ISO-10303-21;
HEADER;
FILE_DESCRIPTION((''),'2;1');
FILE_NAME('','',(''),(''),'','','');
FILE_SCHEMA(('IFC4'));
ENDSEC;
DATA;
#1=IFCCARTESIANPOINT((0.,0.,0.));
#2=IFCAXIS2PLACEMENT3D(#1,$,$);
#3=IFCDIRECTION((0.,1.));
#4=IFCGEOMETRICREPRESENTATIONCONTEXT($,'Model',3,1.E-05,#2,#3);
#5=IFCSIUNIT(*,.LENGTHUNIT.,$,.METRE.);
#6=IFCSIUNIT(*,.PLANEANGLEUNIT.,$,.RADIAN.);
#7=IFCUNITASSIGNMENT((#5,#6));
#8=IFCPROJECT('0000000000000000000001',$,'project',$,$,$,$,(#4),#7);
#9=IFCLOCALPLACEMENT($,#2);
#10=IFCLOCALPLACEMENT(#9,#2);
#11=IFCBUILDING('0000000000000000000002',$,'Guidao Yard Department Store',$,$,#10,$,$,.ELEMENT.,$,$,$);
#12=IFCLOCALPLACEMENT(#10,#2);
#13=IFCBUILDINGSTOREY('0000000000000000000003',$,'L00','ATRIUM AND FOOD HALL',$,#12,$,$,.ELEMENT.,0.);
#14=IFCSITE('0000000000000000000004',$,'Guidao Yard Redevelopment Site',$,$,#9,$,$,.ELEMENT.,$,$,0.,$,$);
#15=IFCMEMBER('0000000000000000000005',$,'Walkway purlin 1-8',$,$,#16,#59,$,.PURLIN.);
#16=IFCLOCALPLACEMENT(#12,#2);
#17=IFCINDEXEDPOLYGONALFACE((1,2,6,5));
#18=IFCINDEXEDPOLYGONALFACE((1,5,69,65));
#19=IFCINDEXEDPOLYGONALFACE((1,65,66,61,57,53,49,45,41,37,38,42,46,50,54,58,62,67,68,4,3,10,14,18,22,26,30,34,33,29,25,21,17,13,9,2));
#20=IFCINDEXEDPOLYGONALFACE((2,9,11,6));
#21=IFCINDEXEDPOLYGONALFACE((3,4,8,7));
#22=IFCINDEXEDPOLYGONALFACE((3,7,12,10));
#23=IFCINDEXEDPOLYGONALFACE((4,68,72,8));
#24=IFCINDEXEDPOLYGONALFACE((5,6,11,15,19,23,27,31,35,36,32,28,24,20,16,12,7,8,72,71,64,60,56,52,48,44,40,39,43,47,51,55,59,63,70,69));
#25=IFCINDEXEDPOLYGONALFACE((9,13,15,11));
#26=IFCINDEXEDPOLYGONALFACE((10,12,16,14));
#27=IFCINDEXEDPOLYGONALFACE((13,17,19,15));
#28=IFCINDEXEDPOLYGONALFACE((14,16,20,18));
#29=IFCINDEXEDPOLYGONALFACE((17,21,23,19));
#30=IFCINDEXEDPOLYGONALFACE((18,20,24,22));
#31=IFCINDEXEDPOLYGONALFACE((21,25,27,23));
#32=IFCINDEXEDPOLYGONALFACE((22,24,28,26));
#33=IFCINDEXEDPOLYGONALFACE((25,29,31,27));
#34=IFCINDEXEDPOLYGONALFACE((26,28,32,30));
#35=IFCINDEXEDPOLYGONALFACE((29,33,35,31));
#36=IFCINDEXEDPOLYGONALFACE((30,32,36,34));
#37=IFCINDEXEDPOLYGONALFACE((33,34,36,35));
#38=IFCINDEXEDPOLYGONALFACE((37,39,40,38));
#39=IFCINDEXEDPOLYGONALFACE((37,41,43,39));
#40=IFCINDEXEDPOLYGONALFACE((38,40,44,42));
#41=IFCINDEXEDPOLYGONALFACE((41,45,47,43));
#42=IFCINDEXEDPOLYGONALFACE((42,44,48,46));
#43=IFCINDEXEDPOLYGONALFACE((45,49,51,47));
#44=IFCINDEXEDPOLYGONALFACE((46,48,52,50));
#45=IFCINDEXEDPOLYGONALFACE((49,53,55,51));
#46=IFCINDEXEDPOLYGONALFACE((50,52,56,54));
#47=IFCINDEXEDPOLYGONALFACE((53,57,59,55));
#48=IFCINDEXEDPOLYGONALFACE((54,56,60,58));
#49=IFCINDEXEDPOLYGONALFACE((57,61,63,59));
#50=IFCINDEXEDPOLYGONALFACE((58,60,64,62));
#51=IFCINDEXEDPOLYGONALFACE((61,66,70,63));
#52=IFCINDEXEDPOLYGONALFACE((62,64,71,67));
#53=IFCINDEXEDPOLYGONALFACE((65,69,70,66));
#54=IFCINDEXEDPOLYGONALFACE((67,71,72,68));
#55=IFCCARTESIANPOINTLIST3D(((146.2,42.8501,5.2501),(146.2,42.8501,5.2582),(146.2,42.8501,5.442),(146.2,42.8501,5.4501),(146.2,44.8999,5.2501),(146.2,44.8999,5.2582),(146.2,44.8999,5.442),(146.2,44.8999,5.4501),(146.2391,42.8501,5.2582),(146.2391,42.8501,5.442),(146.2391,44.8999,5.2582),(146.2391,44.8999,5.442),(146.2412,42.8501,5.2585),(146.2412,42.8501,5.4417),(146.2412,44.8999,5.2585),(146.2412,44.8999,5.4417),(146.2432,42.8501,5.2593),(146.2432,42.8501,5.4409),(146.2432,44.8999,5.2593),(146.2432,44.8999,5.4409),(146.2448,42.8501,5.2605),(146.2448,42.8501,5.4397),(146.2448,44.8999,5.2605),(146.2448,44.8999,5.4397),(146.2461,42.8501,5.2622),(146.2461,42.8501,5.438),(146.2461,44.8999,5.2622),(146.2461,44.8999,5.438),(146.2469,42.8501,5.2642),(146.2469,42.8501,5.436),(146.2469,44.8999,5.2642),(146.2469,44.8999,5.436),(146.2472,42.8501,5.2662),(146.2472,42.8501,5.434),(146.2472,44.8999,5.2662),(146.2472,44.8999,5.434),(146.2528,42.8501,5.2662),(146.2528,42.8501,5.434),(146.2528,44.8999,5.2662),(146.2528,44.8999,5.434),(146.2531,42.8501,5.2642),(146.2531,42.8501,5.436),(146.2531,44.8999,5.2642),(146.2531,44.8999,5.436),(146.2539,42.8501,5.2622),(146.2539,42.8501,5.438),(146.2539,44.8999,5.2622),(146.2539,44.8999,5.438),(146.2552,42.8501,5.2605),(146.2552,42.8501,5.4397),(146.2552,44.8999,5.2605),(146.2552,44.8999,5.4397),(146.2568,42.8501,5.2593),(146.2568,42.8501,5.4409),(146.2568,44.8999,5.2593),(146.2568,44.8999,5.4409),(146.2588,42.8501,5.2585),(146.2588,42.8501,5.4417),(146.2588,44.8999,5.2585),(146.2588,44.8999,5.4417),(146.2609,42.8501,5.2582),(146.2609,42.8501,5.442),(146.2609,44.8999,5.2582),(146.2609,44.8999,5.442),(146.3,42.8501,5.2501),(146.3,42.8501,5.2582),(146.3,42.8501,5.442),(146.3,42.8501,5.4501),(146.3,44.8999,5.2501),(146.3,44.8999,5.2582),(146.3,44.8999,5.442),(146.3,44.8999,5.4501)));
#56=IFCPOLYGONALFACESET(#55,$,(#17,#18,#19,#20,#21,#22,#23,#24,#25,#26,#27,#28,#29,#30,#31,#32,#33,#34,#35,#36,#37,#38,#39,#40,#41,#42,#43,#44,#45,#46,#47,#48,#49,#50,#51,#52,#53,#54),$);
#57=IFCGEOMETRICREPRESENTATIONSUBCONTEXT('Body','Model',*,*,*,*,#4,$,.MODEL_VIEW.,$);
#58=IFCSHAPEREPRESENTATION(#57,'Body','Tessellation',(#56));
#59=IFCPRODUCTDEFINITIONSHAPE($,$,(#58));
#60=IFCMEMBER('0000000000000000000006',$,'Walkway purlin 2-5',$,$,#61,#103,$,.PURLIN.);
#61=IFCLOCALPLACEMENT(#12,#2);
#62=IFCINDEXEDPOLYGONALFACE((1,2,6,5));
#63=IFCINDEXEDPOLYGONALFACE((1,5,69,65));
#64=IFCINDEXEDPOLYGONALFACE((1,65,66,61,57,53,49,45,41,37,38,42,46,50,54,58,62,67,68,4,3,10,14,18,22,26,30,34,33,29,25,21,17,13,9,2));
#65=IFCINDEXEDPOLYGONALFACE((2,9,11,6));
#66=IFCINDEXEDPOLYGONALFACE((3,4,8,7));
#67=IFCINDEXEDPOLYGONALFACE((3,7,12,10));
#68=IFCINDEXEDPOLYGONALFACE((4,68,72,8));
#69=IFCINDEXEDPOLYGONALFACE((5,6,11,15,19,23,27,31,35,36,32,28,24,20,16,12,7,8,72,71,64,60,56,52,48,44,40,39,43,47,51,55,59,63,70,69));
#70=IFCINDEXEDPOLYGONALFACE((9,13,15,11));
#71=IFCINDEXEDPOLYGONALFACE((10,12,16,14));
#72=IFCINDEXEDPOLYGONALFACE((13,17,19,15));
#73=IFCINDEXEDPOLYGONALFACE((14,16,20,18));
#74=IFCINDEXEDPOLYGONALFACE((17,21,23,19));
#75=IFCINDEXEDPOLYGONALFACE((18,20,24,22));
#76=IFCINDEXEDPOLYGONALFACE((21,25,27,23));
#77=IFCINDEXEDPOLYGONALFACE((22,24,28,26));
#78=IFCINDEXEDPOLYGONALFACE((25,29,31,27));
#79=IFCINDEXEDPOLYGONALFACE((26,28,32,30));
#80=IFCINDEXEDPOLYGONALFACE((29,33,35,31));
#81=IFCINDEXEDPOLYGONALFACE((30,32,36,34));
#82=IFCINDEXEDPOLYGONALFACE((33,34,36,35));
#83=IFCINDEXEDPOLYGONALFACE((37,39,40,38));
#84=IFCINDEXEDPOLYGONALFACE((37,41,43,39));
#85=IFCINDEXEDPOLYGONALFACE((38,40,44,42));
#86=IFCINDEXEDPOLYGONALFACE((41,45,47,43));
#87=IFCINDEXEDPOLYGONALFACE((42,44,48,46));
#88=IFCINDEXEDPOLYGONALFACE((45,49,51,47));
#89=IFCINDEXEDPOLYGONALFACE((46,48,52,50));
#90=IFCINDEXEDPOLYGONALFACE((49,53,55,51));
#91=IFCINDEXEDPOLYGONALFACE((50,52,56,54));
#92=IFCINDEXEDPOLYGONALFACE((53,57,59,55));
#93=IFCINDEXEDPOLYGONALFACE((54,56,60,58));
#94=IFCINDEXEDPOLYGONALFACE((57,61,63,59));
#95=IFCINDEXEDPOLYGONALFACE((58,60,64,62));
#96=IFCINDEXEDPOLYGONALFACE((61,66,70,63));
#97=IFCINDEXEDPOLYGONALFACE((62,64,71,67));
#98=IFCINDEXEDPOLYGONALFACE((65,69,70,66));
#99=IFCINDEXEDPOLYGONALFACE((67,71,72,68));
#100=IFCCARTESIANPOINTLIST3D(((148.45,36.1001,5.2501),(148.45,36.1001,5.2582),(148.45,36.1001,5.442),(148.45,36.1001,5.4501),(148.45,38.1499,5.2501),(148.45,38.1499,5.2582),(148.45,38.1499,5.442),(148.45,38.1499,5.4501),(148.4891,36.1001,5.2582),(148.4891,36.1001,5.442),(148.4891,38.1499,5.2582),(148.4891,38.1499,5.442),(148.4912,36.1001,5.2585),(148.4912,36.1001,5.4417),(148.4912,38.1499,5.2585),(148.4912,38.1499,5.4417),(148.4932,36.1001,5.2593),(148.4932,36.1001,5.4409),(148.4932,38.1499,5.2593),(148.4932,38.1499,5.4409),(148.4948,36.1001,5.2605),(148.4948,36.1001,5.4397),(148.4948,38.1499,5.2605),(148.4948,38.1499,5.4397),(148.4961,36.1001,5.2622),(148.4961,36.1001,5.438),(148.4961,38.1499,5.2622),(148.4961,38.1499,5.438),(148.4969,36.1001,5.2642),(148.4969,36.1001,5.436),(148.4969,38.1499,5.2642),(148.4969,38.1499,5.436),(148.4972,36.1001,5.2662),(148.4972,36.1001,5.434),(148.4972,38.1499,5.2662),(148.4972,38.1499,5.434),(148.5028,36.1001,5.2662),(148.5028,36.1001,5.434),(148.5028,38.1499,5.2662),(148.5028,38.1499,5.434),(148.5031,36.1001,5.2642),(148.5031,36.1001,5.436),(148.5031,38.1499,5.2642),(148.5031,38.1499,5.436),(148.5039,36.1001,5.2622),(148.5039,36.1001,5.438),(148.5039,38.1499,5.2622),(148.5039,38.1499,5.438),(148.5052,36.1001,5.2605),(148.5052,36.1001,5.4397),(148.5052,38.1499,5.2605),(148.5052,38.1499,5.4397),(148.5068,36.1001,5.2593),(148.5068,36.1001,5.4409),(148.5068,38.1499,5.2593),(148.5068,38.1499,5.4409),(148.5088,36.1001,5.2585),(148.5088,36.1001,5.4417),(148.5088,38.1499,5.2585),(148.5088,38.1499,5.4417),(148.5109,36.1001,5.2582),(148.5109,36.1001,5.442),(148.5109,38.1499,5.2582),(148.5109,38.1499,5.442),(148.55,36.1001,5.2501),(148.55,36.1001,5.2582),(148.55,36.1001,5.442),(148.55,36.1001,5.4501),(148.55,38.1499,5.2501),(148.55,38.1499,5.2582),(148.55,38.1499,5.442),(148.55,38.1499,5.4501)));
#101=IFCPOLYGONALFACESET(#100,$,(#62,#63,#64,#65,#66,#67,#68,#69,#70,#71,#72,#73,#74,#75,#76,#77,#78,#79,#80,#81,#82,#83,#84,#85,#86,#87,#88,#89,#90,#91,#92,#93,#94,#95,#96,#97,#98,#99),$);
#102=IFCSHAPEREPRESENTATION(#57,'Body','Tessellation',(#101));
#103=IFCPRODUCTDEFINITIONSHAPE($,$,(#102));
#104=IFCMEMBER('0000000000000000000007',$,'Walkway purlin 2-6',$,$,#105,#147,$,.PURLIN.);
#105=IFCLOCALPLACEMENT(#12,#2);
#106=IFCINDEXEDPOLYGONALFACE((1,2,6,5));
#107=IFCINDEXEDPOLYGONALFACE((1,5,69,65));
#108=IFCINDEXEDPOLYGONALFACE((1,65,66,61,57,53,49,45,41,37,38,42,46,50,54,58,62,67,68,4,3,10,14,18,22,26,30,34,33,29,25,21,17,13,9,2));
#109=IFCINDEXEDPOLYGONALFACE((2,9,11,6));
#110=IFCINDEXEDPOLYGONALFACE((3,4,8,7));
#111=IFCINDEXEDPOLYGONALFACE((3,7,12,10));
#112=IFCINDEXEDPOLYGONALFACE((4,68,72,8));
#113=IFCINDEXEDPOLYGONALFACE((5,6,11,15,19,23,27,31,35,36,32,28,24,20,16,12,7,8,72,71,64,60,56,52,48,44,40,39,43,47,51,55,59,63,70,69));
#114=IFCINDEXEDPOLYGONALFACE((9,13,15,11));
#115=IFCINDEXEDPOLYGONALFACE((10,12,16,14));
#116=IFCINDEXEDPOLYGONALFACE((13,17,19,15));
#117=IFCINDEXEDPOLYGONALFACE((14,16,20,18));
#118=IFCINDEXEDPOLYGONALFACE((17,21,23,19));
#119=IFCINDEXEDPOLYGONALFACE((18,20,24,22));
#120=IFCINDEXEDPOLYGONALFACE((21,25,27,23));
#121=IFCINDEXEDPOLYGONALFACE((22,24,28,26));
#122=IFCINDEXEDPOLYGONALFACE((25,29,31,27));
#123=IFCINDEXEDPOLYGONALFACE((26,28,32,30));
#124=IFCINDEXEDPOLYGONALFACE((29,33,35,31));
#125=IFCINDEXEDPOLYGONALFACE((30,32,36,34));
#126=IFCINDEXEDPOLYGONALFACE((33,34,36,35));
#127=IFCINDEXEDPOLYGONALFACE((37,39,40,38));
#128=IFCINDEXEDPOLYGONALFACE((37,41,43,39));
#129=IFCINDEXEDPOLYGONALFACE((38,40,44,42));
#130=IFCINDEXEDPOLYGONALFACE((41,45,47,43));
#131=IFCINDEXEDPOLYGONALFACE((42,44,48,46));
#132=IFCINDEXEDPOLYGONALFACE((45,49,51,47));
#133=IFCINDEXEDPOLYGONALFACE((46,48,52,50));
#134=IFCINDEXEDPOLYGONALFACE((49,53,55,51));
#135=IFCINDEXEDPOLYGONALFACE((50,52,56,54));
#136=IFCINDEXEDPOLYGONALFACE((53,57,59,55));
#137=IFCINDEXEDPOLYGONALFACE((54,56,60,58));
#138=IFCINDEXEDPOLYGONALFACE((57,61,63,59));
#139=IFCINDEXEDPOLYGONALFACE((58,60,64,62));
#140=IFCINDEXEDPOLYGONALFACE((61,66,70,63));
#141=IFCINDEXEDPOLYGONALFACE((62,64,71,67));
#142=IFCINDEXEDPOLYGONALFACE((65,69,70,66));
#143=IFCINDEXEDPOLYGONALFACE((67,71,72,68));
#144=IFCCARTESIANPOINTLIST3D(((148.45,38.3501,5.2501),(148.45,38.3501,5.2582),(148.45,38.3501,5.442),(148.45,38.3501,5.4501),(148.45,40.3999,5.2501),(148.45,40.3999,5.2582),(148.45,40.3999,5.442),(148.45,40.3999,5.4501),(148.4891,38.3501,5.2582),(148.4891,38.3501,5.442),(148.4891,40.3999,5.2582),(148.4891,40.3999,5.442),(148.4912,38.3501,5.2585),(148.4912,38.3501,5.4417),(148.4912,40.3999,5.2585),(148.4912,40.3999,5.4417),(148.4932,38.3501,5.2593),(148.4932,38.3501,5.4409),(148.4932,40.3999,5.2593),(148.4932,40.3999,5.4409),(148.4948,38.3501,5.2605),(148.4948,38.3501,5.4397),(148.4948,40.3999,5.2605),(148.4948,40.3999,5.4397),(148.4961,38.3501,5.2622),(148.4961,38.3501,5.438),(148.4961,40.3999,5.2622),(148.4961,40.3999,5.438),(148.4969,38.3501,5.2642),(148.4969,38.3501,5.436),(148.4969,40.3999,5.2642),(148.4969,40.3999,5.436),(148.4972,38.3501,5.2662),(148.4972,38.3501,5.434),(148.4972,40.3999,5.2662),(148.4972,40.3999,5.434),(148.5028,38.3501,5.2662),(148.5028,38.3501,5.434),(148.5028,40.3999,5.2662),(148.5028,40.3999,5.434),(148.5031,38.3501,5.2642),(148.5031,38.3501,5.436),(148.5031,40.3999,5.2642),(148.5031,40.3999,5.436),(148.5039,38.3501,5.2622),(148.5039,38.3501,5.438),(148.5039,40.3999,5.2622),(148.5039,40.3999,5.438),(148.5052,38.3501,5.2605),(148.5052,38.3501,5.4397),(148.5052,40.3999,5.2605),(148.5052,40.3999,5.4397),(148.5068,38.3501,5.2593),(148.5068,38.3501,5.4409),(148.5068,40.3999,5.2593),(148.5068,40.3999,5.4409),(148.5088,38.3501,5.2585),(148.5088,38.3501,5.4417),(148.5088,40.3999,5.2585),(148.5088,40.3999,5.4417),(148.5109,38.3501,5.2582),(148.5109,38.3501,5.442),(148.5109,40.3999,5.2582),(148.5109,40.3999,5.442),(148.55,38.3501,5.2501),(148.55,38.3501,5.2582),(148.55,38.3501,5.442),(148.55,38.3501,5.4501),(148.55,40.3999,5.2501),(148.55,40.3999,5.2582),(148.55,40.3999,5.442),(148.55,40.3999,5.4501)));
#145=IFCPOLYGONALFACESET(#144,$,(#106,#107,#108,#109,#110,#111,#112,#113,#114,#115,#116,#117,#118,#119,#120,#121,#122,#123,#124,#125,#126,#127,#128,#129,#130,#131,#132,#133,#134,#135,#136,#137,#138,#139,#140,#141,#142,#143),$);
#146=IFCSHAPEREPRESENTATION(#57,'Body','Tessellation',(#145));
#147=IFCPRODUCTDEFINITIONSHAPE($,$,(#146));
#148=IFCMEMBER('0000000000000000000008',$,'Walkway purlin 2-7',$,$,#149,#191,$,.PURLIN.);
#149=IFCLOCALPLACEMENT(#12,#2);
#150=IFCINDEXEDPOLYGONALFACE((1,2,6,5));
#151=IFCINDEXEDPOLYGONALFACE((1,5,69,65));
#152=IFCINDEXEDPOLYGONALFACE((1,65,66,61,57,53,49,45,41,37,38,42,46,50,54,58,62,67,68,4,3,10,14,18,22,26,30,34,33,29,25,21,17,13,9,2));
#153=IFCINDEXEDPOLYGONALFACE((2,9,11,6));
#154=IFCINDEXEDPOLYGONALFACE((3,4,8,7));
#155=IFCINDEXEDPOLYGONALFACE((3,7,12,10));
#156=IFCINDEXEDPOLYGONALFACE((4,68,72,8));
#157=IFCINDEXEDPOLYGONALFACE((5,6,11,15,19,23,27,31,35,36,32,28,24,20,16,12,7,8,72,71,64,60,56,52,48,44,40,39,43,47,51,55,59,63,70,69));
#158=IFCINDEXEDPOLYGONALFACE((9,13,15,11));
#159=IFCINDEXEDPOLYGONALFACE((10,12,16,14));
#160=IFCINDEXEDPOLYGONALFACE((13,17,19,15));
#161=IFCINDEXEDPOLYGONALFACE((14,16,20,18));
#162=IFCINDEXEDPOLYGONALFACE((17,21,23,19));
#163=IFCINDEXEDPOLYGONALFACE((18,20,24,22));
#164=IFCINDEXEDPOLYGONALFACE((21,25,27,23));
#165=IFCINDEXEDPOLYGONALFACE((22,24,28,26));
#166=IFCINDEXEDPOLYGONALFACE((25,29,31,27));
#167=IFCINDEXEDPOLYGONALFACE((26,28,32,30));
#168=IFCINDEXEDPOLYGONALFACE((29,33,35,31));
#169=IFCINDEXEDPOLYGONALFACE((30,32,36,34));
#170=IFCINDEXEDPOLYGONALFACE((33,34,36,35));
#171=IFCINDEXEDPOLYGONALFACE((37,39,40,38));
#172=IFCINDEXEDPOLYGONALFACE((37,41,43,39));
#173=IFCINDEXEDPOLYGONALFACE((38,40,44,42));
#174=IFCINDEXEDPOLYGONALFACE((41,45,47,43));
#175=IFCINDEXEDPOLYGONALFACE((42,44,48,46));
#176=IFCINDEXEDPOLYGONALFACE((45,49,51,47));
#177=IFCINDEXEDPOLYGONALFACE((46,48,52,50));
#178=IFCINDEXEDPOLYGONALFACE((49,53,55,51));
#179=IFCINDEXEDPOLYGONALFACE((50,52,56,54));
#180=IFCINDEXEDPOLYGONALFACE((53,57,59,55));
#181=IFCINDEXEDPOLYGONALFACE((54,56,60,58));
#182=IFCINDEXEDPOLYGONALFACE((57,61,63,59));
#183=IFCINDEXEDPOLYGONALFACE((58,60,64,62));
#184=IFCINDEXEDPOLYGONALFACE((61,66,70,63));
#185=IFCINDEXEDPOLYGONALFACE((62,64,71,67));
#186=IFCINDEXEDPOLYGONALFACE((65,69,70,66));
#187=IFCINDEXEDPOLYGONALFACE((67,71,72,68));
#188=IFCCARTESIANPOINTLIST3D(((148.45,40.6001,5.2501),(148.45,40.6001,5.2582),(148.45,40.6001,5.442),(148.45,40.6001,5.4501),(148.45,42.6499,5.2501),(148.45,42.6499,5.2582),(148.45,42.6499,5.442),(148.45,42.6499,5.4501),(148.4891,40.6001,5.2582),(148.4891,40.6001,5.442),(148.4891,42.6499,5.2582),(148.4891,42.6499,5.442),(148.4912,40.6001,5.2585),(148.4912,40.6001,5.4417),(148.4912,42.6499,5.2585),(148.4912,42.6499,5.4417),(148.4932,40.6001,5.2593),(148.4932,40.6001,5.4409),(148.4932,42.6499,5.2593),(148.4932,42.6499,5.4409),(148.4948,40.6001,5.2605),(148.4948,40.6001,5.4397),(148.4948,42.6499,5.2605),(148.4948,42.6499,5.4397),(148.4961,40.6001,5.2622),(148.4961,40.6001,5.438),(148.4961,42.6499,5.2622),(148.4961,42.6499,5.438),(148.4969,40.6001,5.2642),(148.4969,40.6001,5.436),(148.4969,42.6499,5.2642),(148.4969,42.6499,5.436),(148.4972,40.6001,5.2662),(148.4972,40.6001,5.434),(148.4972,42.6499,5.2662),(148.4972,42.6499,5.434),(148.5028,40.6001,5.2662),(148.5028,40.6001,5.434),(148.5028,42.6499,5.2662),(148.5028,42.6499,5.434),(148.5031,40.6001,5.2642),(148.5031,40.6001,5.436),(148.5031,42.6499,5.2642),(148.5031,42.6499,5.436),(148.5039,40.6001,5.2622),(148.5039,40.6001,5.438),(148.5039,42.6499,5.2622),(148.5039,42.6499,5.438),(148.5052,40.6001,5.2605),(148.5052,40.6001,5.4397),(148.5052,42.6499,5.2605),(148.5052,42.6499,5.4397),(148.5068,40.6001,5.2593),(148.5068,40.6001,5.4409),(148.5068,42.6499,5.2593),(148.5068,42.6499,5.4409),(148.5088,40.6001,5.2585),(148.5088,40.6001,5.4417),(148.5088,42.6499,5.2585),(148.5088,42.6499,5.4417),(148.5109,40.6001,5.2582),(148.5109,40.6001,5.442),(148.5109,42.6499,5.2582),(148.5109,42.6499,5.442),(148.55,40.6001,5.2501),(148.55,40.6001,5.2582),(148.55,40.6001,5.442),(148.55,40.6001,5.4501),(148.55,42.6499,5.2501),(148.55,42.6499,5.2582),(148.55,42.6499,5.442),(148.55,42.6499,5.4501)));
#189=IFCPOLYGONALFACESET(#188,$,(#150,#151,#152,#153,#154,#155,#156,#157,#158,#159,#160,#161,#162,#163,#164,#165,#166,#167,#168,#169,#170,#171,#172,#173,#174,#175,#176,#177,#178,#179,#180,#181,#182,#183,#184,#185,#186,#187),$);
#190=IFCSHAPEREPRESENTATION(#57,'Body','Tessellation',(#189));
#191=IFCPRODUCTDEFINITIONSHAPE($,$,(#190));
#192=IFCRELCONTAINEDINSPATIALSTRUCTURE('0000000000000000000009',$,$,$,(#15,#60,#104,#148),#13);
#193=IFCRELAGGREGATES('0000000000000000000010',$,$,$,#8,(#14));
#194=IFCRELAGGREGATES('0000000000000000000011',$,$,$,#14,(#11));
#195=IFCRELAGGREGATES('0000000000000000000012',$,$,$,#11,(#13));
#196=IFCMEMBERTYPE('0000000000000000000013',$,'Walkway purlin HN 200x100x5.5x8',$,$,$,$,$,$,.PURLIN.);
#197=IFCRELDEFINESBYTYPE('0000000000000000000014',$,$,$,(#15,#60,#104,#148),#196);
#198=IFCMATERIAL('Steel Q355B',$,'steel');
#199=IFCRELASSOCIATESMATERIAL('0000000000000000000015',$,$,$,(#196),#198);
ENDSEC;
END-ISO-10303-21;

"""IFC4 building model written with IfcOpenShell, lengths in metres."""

from ifc_helpers import new_model, si_unit, direction, frame, origin, origin_2d, place, context, subcontext, project, spatial, i_section, extrude, material, material_profile, profile_set, type_object, element, save


model = new_model("IFC4")

# Units and contexts
model_context = context("Model", 3, precision=1e-05, world=origin(), true_north=direction((0.0, 1.0)))
body_context = subcontext(model_context, "Body", "Model", "MODEL_VIEW")
ifc_project = project(units=[si_unit("LENGTHUNIT", "METRE"), si_unit("PLANEANGLEUNIT", "RADIAN")], contexts=[model_context])

# Site, building, storey
site_placement = place(None, origin())
site = spatial("IfcSite", under=ifc_project, at=site_placement, Name="Guidao Yard Redevelopment Site", CompositionType="ELEMENT", RefElevation=0.0)
building_placement = place(site_placement, origin())
building = spatial("IfcBuilding", under=site, at=building_placement, Name="Guidao Yard Department Store", CompositionType="ELEMENT")
storey_placement = place(building_placement, origin())
storey = spatial("IfcBuildingStorey", under=building, at=storey_placement, Name="L00", Description="ATRIUM AND FOOD HALL", CompositionType="ELEMENT", Elevation=0.0)

# Members
ifc_material_1 = material(Name="Steel Q355B", Category="steel")
ifc_material_profile_1 = material_profile(ifc_material_1, i_section(OverallWidth=0.1001, OverallDepth=0.2, WebThickness=0.0056, FlangeThickness=0.0081, FilletRadius=0.0081, at=origin_2d()), Name="HN 200x100x5.5x8")
ifc_profile_set_1 = profile_set([ifc_material_profile_1], Name="Steel Q355B")
member_type = type_object("IfcMemberType", Name="Walkway purlin HN 200x100x5.5x8", PredefinedType="PURLIN", material=ifc_profile_set_1)
for number, where, z_axis, x_axis, name in (
    (1, (146.25, 42.8501, 5.3501), (0.0, 1.0, 0.0), (-1.0, 0.0, 0.0), "Walkway purlin 1-8"),
    (2, (148.5, 36.1001, 5.3501), (0.0, 1.0, 0.0), (-1.0, 0.0, 0.0), "Walkway purlin 2-5"),
    (3, (148.5, 38.3501, 5.3501), (0.0, 1.0, 0.0), (-1.0, 0.0, 0.0), "Walkway purlin 2-6"),
    (4, (148.5, 40.6001, 5.3501), (0.0, 1.0, 0.0), (-1.0, 0.0, 0.0), "Walkway purlin 2-7"),
):
    element("IfcMember", number, at=place(storey_placement, frame(where, z_axis=z_axis, x_axis=x_axis)), inside=storey, type_object=member_type, Name=name, PredefinedType="PURLIN", context=body_context, shape_type="SweptSolid", body=[
        extrude(i_section(OverallWidth=0.1001, OverallDepth=0.2, WebThickness=0.0056, FlangeThickness=0.0081, FilletRadius=0.0081, at=origin_2d()), origin(), (0.0, 0.0, 1.0), 2.0498),
    ])

save(model, "model.ifc")
